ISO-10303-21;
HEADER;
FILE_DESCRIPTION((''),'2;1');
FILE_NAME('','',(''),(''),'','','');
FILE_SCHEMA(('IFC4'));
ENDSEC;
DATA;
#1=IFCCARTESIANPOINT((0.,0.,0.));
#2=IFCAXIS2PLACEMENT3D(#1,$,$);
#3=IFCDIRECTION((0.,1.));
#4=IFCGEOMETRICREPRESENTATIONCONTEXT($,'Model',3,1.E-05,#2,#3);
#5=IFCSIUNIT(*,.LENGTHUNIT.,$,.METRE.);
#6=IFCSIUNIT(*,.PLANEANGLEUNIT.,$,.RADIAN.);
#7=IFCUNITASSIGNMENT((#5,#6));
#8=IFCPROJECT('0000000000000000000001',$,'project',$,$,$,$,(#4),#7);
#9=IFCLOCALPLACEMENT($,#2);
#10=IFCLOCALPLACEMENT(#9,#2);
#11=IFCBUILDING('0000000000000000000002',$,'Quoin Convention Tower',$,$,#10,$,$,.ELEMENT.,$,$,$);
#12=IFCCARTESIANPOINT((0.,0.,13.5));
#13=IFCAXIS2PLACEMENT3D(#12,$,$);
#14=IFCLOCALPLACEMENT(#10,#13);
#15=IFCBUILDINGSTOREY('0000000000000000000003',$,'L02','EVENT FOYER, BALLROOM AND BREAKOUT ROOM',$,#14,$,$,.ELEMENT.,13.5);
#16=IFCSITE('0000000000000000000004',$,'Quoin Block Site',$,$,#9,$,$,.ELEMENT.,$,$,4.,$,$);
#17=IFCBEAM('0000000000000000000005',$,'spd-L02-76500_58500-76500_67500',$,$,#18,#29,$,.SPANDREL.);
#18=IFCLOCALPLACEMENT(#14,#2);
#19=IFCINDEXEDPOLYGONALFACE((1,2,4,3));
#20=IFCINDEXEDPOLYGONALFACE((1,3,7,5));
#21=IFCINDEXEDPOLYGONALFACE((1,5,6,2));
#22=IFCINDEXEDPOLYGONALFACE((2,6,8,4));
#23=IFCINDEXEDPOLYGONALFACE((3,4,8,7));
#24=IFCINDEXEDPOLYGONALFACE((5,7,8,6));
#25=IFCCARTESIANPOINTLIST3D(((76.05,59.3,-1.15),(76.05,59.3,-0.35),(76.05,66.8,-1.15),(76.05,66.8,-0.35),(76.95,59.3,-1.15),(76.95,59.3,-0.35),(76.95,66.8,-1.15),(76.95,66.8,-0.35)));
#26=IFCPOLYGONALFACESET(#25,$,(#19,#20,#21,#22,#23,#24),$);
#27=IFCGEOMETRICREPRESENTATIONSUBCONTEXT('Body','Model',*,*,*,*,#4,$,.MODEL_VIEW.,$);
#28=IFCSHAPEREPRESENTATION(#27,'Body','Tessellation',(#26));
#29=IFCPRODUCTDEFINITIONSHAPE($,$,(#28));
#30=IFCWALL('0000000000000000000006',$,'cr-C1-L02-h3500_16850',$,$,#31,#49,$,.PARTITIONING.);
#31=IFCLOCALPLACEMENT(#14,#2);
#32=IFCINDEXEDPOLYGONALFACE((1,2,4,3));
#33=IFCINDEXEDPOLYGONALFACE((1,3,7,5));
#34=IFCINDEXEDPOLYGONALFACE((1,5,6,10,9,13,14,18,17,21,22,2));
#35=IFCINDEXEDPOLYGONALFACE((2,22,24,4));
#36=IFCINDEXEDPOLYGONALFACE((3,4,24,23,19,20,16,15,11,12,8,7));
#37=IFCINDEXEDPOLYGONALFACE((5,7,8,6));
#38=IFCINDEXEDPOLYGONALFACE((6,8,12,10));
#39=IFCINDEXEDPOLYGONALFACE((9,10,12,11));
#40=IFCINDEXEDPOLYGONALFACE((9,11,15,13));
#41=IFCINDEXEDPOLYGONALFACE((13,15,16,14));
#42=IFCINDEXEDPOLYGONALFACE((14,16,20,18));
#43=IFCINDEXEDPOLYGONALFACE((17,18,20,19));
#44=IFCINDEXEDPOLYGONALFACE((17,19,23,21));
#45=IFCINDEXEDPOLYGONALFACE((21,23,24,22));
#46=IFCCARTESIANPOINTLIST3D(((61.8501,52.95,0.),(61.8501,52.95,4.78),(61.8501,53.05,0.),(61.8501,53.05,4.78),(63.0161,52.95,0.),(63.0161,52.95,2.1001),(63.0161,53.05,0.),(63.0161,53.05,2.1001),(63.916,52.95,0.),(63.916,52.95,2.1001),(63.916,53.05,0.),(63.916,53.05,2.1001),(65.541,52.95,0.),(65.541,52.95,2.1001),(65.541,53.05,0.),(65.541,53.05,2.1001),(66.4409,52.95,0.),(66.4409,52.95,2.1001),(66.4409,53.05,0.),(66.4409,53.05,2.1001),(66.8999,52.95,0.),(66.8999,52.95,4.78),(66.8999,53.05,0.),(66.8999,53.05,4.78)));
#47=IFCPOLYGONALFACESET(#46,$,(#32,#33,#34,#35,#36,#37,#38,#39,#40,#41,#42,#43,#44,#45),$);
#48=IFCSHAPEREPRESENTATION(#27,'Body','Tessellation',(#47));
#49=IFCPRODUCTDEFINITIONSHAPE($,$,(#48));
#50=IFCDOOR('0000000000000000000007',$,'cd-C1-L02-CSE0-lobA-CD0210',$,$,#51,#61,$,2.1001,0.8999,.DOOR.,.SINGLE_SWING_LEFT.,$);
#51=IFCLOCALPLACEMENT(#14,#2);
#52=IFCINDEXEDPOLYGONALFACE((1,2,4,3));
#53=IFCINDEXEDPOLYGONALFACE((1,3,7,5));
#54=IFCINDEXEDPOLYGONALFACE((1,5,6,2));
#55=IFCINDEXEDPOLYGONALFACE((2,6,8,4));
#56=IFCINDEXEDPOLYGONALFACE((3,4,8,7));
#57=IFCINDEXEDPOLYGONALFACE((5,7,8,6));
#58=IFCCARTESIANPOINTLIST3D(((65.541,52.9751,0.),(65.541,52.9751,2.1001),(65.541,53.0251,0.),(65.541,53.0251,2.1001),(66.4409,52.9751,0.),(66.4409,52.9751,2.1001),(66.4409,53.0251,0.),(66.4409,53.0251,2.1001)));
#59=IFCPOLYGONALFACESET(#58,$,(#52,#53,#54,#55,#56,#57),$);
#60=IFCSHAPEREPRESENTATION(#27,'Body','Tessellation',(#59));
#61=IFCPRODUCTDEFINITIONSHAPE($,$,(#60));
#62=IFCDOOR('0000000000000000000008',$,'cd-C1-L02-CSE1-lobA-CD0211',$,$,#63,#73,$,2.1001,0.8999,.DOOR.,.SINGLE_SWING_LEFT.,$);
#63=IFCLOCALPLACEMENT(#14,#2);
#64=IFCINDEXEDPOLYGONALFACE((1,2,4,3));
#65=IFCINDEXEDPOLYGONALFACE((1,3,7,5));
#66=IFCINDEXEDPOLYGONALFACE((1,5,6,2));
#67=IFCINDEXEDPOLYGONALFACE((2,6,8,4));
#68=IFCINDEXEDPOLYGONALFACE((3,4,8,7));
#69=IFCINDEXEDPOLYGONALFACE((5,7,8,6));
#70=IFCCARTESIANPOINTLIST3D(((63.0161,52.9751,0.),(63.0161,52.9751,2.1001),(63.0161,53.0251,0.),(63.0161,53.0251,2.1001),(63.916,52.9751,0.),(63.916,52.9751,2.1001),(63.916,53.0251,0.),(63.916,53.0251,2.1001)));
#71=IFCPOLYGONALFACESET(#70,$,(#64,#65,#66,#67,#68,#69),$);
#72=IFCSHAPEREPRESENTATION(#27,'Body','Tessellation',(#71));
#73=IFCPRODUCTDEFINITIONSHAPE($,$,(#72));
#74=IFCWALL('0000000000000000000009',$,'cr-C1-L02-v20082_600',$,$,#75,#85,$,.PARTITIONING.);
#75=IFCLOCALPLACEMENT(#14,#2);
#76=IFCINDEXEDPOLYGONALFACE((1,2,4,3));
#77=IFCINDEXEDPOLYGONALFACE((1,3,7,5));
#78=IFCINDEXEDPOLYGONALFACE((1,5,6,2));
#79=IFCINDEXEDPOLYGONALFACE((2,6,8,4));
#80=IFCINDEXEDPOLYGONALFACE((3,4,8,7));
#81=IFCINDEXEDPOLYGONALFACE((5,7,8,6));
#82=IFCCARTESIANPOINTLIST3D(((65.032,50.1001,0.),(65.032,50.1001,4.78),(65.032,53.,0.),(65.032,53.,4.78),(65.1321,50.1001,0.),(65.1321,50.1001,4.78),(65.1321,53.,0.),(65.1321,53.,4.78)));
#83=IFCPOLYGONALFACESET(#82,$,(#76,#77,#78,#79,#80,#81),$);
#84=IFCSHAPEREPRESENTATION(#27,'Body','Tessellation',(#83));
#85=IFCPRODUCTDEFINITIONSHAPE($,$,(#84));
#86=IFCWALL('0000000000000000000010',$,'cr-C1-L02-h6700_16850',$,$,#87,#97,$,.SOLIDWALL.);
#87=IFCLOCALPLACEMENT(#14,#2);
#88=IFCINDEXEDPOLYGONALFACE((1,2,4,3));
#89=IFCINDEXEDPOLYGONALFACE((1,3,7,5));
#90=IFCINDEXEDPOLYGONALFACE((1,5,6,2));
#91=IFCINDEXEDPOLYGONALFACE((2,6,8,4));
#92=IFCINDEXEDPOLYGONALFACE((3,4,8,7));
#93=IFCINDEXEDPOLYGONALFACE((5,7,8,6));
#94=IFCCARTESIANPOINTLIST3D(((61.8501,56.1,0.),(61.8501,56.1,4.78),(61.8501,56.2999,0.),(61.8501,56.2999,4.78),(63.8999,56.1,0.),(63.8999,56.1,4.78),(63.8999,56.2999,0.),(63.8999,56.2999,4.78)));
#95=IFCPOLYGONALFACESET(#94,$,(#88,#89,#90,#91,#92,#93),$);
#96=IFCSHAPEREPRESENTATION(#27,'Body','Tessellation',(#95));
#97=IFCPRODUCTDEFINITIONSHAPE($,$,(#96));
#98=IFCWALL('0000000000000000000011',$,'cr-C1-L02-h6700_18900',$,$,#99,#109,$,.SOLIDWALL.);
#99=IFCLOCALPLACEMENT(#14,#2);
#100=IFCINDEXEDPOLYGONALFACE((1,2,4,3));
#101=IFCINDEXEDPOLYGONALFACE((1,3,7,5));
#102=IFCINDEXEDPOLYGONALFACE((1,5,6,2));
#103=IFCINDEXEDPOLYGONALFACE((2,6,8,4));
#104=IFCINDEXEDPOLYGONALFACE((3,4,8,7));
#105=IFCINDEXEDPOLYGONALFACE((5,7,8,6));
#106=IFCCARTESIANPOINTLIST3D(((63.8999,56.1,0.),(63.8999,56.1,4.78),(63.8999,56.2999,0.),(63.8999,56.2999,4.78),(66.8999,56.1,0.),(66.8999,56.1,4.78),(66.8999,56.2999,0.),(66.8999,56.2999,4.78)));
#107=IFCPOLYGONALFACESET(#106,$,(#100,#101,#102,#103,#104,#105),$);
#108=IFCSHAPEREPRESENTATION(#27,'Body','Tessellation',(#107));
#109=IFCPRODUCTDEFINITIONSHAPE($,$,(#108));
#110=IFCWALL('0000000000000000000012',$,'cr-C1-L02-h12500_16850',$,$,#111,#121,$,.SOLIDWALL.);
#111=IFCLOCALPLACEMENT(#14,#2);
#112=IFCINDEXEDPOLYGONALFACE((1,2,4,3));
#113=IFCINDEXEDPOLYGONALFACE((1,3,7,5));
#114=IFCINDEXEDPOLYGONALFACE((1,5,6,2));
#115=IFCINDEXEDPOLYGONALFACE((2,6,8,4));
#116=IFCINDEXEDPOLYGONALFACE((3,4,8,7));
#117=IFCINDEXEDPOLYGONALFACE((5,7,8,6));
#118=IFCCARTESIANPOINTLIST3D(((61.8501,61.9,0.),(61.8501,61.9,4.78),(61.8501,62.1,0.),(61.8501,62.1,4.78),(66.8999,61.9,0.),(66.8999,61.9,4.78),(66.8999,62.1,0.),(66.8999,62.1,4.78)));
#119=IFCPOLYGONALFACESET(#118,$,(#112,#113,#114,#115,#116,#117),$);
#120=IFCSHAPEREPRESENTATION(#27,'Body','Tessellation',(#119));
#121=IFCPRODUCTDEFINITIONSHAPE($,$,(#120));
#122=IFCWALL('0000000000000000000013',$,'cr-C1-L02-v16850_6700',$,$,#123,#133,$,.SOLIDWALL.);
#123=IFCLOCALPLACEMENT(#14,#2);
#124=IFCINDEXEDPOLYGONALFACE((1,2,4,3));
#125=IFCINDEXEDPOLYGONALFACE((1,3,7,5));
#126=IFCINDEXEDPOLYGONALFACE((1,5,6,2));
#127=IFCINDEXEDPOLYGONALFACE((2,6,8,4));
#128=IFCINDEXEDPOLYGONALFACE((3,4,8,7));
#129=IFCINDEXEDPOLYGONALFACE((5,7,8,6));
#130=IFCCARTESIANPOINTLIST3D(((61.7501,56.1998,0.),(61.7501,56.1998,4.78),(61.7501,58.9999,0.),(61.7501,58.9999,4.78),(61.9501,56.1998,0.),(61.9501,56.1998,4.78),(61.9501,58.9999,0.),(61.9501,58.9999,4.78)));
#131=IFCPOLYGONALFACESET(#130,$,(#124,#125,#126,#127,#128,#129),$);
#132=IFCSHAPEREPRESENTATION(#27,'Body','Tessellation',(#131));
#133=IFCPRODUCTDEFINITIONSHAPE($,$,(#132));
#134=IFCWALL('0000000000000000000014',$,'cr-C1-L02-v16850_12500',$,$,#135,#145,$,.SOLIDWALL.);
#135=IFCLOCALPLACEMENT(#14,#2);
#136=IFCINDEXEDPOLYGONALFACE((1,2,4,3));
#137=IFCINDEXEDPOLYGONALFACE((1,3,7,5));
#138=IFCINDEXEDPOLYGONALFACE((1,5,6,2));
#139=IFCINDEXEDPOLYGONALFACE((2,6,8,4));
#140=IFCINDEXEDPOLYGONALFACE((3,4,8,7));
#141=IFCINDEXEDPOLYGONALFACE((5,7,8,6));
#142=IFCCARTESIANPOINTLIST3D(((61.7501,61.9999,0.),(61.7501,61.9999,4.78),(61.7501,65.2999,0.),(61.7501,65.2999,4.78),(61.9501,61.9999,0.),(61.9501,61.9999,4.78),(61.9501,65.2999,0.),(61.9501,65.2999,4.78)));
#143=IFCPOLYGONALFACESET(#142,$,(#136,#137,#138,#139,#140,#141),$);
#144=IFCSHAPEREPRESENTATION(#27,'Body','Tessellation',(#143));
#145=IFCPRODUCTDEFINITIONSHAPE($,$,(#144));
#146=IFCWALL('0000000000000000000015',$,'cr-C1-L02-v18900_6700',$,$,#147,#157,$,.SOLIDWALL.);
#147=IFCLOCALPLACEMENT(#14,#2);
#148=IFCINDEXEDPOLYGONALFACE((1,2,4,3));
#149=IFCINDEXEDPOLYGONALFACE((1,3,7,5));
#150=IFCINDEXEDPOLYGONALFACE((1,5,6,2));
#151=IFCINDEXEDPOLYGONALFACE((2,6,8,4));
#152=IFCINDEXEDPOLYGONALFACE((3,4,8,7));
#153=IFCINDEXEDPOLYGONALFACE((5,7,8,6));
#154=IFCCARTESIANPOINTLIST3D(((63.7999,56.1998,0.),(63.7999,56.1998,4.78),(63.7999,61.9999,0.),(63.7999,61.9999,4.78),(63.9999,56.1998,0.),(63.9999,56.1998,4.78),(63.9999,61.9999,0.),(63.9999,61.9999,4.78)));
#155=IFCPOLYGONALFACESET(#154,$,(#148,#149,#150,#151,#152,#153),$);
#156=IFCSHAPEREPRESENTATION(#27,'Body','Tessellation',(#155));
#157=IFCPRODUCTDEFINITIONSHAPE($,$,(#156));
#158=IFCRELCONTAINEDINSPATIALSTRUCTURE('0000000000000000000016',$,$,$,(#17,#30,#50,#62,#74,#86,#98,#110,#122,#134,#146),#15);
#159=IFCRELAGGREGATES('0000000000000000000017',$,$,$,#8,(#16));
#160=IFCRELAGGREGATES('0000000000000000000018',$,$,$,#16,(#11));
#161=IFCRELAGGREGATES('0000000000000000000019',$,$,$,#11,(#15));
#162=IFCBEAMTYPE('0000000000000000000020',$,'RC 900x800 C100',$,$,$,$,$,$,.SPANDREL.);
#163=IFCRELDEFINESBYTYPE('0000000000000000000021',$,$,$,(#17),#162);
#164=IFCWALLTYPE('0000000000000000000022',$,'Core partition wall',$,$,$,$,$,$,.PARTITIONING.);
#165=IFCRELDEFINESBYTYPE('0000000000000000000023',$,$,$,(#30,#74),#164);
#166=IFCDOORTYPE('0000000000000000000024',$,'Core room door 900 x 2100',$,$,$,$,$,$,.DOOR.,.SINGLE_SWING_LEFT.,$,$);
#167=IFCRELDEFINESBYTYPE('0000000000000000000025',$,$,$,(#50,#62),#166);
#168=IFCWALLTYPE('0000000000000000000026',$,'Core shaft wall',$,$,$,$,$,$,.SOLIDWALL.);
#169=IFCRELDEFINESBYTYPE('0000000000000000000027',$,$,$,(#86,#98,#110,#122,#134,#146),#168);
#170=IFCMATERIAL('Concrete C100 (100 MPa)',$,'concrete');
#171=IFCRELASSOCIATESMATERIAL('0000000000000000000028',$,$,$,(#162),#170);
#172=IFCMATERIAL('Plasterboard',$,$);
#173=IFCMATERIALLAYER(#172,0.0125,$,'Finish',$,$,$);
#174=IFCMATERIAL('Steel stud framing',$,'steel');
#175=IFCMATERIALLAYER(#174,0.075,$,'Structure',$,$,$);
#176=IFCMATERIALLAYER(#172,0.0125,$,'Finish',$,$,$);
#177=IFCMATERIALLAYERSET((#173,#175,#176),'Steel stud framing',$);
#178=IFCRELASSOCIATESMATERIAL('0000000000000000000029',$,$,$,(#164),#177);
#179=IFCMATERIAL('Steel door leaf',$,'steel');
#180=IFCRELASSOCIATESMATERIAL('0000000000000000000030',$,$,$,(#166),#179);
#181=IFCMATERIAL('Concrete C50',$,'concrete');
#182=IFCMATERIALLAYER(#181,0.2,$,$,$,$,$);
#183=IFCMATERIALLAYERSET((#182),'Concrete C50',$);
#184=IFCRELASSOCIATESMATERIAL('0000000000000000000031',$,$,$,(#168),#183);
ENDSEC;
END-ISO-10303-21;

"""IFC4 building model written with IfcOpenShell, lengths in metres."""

from ifc_helpers import new_model, si_unit, direction, frame, frame_2d, origin, origin_2d, place, context, subcontext, project, spatial, rectangle, extrude, material, layer, layer_set, material_profile, profile_set, type_object, element, fill, save


model = new_model("IFC4")

# Units and contexts
model_context = context("Model", 3, precision=1e-05, world=origin(), true_north=direction((0.0, 1.0)))
body_context = subcontext(model_context, "Body", "Model", "MODEL_VIEW")
ifc_project = project(units=[si_unit("LENGTHUNIT", "METRE"), si_unit("PLANEANGLEUNIT", "RADIAN")], contexts=[model_context])

# Site, building, storey
site_placement = place(None, origin())
site = spatial("IfcSite", under=ifc_project, at=site_placement, Name="Quoin Block Site", CompositionType="ELEMENT", RefElevation=4.0)
building_placement = place(site_placement, origin())
building = spatial("IfcBuilding", under=site, at=building_placement, Name="Quoin Convention Tower", CompositionType="ELEMENT")
storey_placement = place(building_placement, frame((0.0, 0.0, 13.5)))
storey = spatial("IfcBuildingStorey", under=building, at=storey_placement, Name="L02", Description="EVENT FOYER, BALLROOM AND BREAKOUT ROOM", CompositionType="ELEMENT", Elevation=13.5)

# Shared definitions
ifc_material_1 = material(Name="Concrete C100 (100 MPa)", Category="concrete")

# Beam
ifc_material_profile_1 = material_profile(ifc_material_1, rectangle(XDim=0.8999, YDim=0.8, at=origin_2d()), Name="RC 900x800")
ifc_profile_set_1 = profile_set([ifc_material_profile_1], Name="Concrete C100 (100 MPa)")
beam_type_1 = type_object("IfcBeamType", Name="RC 900x800 C100", PredefinedType="SPANDREL", material=ifc_profile_set_1)
beam_placement = place(storey_placement, frame((76.5, 59.3, -0.75), z_axis=(0.0, 1.0, 0.0), x_axis=(-1.0, 0.0, 0.0)))
element("IfcBeam", 1, at=beam_placement, inside=storey, type_object=beam_type_1, Name="spd-L02-76500_58500-76500_67500", PredefinedType="SPANDREL", context=body_context, shape_type="SweptSolid", body=[
    extrude(rectangle(XDim=0.8999, YDim=0.8, at=origin_2d()), origin(), (0.0, 0.0, 1.0), 7.5),
])

# Wall, openings, doors
ifc_material_2 = material(Name="Plasterboard")
ifc_layer_1 = layer(ifc_material_2, 0.0125, Name="Finish")
ifc_material_3 = material(Name="Steel stud framing", Category="steel")
ifc_layer_2 = layer(ifc_material_3, 0.075, Name="Structure")
ifc_layer_3 = layer(ifc_material_2, 0.0125, Name="Finish")
ifc_layer_set_1 = layer_set([ifc_layer_1, ifc_layer_2, ifc_layer_3], Name="Steel stud framing")
wall_type_1 = type_object("IfcWallType", Name="Core partition wall", PredefinedType="PARTITIONING", material=ifc_layer_set_1)
wall_1_placement = place(storey_placement, frame((61.8501, 53.0, 0.0), z_axis=(0.0, 0.0, 1.0), x_axis=(1.0, 0.0, 0.0)))
wall_1 = element("IfcWall", 2, at=wall_1_placement, inside=storey, type_object=wall_type_1, Name="cr-C1-L02-h3500_16850", PredefinedType="PARTITIONING", context=body_context, shape_type="SweptSolid", body=[
    extrude(rectangle(XDim=5.0498, YDim=0.1001, at=frame_2d((2.5249, 0.0))), origin(), (0.0, 0.0, 1.0), 4.78),
])
opening_1_placement = place(wall_1_placement, frame((3.6909, 0.0, 0.0)))
opening_1 = element("IfcOpeningElement", 3, at=opening_1_placement, cuts=wall_1, PredefinedType="OPENING", context=body_context, shape_type="SweptSolid", body=[
    extrude(rectangle(XDim=0.8999, YDim=2.1001, at=frame_2d((0.45, 1.05))), frame((0.0, 0.0601, 0.0), z_axis=(0.0, -1.0, 0.0), x_axis=(1.0, 0.0, 0.0)), (0.0, 0.0, 1.0), 0.1201),
])
opening_2_placement = place(wall_1_placement, frame((1.166, 0.0, 0.0)))
opening_2 = element("IfcOpeningElement", 4, at=opening_2_placement, cuts=wall_1, PredefinedType="OPENING", context=body_context, shape_type="SweptSolid", body=[
    extrude(rectangle(XDim=0.8999, YDim=2.1001, at=frame_2d((0.45, 1.05))), frame((0.0, 0.0601, 0.0), z_axis=(0.0, -1.0, 0.0), x_axis=(1.0, 0.0, 0.0)), (0.0, 0.0, 1.0), 0.1201),
])
ifc_material_4 = material(Name="Steel door leaf", Category="steel")
door_type_1 = type_object("IfcDoorType", Name="Core room door 900 x 2100", OperationType="SINGLE_SWING_LEFT", PredefinedType="DOOR", material=ifc_material_4)
door_1_placement = place(opening_1_placement, frame((0.8999, 0.0, 0.0), z_axis=(0.0, 0.0, 1.0), x_axis=(-1.0, 0.0, 0.0)))
door_1 = element("IfcDoor", 5, at=door_1_placement, inside=storey, type_object=door_type_1, Name="cd-C1-L02-CSE0-lobA-CD0210", OperationType="SINGLE_SWING_LEFT", OverallHeight=2.1001, OverallWidth=0.8999, PredefinedType="DOOR", context=body_context, shape_type="SweptSolid", body=[
    extrude(rectangle(XDim=0.8999, YDim=2.1001, at=frame_2d((0.45, 1.05))), frame((0.0, 0.0249, 0.0), z_axis=(0.0, -1.0, 0.0), x_axis=(1.0, 0.0, 0.0)), (0.0, 0.0, 1.0), 0.05),
])
fill(opening_1, door_1)
door_2_placement = place(opening_2_placement, frame((0.8999, 0.0, 0.0), z_axis=(0.0, 0.0, 1.0), x_axis=(-1.0, 0.0, 0.0)))
door_2 = element("IfcDoor", 6, at=door_2_placement, inside=storey, type_object=door_type_1, Name="cd-C1-L02-CSE1-lobA-CD0211", OperationType="SINGLE_SWING_LEFT", OverallHeight=2.1001, OverallWidth=0.8999, PredefinedType="DOOR", context=body_context, shape_type="SweptSolid", body=[
    extrude(rectangle(XDim=0.8999, YDim=2.1001, at=frame_2d((0.45, 1.05))), frame((0.0, 0.0249, 0.0), z_axis=(0.0, -1.0, 0.0), x_axis=(1.0, 0.0, 0.0)), (0.0, 0.0, 1.0), 0.05),
])
fill(opening_2, door_2)

# Walls
wall_2_placement = place(storey_placement, frame((65.082, 50.1001, 0.0), z_axis=(0.0, 0.0, 1.0), x_axis=(0.0, 1.0, 0.0)))
element("IfcWall", 7, at=wall_2_placement, inside=storey, type_object=wall_type_1, Name="cr-C1-L02-v20082_600", PredefinedType="PARTITIONING", context=body_context, shape_type="SweptSolid", body=[
    extrude(rectangle(XDim=2.8999, YDim=0.1001, at=frame_2d((1.45, 0.0))), origin(), (0.0, 0.0, 1.0), 4.78),
])
ifc_material_5 = material(Name="Concrete C50", Category="concrete")
ifc_layer_4 = layer(ifc_material_5, 0.2)
ifc_layer_set_2 = layer_set([ifc_layer_4], Name="Concrete C50")
wall_type_2 = type_object("IfcWallType", Name="Core shaft wall", PredefinedType="SOLIDWALL", material=ifc_layer_set_2)
wall_3_placement = place(storey_placement, frame((61.8501, 56.2, 0.0), z_axis=(0.0, 0.0, 1.0), x_axis=(1.0, 0.0, 0.0)))
element("IfcWall", 8, at=wall_3_placement, inside=storey, type_object=wall_type_2, Name="cr-C1-L02-h6700_16850", PredefinedType="SOLIDWALL", context=body_context, shape_type="SweptSolid", body=[
    extrude(rectangle(XDim=2.0498, YDim=0.2, at=frame_2d((1.0249, 0.0))), origin(), (0.0, 0.0, 1.0), 4.78),
])
wall_4_placement = place(storey_placement, frame((63.8999, 56.2, 0.0), z_axis=(0.0, 0.0, 1.0), x_axis=(1.0, 0.0, 0.0)))
element("IfcWall", 9, at=wall_4_placement, inside=storey, type_object=wall_type_2, Name="cr-C1-L02-h6700_18900", PredefinedType="SOLIDWALL", context=body_context, shape_type="SweptSolid", body=[
    extrude(rectangle(XDim=3.0, YDim=0.2, at=frame_2d((1.5, 0.0))), origin(), (0.0, 0.0, 1.0), 4.78),
])
wall_5_placement = place(storey_placement, frame((61.8501, 62.0, 0.0), z_axis=(0.0, 0.0, 1.0), x_axis=(1.0, 0.0, 0.0)))
element("IfcWall", 10, at=wall_5_placement, inside=storey, type_object=wall_type_2, Name="cr-C1-L02-h12500_16850", PredefinedType="SOLIDWALL", context=body_context, shape_type="SweptSolid", body=[
    extrude(rectangle(XDim=5.0498, YDim=0.2, at=frame_2d((2.5249, 0.0))), origin(), (0.0, 0.0, 1.0), 4.78),
])
wall_6_placement = place(storey_placement, frame((61.8501, 56.2, 0.0), z_axis=(0.0, 0.0, 1.0), x_axis=(0.0, 1.0, 0.0)))
element("IfcWall", 11, at=wall_6_placement, inside=storey, type_object=wall_type_2, Name="cr-C1-L02-v16850_6700", PredefinedType="SOLIDWALL", context=body_context, shape_type="SweptSolid", body=[
    extrude(rectangle(XDim=2.8, YDim=0.2, at=frame_2d((1.3999, 0.0))), origin(), (0.0, 0.0, 1.0), 4.78),
])
wall_7_placement = place(storey_placement, frame((61.8501, 62.0, 0.0), z_axis=(0.0, 0.0, 1.0), x_axis=(0.0, 1.0, 0.0)))
element("IfcWall", 12, at=wall_7_placement, inside=storey, type_object=wall_type_2, Name="cr-C1-L02-v16850_12500", PredefinedType="SOLIDWALL", context=body_context, shape_type="SweptSolid", body=[
    extrude(rectangle(XDim=3.3, YDim=0.2, at=frame_2d((1.6499, 0.0))), origin(), (0.0, 0.0, 1.0), 4.78),
])
wall_8_placement = place(storey_placement, frame((63.8999, 56.2, 0.0), z_axis=(0.0, 0.0, 1.0), x_axis=(0.0, 1.0, 0.0)))
element("IfcWall", 13, at=wall_8_placement, inside=storey, type_object=wall_type_2, Name="cr-C1-L02-v18900_6700", PredefinedType="SOLIDWALL", context=body_context, shape_type="SweptSolid", body=[
    extrude(rectangle(XDim=5.8, YDim=0.2, at=frame_2d((2.8999, 0.0))), origin(), (0.0, 0.0, 1.0), 4.78),
])

save(model, "model.ifc")
